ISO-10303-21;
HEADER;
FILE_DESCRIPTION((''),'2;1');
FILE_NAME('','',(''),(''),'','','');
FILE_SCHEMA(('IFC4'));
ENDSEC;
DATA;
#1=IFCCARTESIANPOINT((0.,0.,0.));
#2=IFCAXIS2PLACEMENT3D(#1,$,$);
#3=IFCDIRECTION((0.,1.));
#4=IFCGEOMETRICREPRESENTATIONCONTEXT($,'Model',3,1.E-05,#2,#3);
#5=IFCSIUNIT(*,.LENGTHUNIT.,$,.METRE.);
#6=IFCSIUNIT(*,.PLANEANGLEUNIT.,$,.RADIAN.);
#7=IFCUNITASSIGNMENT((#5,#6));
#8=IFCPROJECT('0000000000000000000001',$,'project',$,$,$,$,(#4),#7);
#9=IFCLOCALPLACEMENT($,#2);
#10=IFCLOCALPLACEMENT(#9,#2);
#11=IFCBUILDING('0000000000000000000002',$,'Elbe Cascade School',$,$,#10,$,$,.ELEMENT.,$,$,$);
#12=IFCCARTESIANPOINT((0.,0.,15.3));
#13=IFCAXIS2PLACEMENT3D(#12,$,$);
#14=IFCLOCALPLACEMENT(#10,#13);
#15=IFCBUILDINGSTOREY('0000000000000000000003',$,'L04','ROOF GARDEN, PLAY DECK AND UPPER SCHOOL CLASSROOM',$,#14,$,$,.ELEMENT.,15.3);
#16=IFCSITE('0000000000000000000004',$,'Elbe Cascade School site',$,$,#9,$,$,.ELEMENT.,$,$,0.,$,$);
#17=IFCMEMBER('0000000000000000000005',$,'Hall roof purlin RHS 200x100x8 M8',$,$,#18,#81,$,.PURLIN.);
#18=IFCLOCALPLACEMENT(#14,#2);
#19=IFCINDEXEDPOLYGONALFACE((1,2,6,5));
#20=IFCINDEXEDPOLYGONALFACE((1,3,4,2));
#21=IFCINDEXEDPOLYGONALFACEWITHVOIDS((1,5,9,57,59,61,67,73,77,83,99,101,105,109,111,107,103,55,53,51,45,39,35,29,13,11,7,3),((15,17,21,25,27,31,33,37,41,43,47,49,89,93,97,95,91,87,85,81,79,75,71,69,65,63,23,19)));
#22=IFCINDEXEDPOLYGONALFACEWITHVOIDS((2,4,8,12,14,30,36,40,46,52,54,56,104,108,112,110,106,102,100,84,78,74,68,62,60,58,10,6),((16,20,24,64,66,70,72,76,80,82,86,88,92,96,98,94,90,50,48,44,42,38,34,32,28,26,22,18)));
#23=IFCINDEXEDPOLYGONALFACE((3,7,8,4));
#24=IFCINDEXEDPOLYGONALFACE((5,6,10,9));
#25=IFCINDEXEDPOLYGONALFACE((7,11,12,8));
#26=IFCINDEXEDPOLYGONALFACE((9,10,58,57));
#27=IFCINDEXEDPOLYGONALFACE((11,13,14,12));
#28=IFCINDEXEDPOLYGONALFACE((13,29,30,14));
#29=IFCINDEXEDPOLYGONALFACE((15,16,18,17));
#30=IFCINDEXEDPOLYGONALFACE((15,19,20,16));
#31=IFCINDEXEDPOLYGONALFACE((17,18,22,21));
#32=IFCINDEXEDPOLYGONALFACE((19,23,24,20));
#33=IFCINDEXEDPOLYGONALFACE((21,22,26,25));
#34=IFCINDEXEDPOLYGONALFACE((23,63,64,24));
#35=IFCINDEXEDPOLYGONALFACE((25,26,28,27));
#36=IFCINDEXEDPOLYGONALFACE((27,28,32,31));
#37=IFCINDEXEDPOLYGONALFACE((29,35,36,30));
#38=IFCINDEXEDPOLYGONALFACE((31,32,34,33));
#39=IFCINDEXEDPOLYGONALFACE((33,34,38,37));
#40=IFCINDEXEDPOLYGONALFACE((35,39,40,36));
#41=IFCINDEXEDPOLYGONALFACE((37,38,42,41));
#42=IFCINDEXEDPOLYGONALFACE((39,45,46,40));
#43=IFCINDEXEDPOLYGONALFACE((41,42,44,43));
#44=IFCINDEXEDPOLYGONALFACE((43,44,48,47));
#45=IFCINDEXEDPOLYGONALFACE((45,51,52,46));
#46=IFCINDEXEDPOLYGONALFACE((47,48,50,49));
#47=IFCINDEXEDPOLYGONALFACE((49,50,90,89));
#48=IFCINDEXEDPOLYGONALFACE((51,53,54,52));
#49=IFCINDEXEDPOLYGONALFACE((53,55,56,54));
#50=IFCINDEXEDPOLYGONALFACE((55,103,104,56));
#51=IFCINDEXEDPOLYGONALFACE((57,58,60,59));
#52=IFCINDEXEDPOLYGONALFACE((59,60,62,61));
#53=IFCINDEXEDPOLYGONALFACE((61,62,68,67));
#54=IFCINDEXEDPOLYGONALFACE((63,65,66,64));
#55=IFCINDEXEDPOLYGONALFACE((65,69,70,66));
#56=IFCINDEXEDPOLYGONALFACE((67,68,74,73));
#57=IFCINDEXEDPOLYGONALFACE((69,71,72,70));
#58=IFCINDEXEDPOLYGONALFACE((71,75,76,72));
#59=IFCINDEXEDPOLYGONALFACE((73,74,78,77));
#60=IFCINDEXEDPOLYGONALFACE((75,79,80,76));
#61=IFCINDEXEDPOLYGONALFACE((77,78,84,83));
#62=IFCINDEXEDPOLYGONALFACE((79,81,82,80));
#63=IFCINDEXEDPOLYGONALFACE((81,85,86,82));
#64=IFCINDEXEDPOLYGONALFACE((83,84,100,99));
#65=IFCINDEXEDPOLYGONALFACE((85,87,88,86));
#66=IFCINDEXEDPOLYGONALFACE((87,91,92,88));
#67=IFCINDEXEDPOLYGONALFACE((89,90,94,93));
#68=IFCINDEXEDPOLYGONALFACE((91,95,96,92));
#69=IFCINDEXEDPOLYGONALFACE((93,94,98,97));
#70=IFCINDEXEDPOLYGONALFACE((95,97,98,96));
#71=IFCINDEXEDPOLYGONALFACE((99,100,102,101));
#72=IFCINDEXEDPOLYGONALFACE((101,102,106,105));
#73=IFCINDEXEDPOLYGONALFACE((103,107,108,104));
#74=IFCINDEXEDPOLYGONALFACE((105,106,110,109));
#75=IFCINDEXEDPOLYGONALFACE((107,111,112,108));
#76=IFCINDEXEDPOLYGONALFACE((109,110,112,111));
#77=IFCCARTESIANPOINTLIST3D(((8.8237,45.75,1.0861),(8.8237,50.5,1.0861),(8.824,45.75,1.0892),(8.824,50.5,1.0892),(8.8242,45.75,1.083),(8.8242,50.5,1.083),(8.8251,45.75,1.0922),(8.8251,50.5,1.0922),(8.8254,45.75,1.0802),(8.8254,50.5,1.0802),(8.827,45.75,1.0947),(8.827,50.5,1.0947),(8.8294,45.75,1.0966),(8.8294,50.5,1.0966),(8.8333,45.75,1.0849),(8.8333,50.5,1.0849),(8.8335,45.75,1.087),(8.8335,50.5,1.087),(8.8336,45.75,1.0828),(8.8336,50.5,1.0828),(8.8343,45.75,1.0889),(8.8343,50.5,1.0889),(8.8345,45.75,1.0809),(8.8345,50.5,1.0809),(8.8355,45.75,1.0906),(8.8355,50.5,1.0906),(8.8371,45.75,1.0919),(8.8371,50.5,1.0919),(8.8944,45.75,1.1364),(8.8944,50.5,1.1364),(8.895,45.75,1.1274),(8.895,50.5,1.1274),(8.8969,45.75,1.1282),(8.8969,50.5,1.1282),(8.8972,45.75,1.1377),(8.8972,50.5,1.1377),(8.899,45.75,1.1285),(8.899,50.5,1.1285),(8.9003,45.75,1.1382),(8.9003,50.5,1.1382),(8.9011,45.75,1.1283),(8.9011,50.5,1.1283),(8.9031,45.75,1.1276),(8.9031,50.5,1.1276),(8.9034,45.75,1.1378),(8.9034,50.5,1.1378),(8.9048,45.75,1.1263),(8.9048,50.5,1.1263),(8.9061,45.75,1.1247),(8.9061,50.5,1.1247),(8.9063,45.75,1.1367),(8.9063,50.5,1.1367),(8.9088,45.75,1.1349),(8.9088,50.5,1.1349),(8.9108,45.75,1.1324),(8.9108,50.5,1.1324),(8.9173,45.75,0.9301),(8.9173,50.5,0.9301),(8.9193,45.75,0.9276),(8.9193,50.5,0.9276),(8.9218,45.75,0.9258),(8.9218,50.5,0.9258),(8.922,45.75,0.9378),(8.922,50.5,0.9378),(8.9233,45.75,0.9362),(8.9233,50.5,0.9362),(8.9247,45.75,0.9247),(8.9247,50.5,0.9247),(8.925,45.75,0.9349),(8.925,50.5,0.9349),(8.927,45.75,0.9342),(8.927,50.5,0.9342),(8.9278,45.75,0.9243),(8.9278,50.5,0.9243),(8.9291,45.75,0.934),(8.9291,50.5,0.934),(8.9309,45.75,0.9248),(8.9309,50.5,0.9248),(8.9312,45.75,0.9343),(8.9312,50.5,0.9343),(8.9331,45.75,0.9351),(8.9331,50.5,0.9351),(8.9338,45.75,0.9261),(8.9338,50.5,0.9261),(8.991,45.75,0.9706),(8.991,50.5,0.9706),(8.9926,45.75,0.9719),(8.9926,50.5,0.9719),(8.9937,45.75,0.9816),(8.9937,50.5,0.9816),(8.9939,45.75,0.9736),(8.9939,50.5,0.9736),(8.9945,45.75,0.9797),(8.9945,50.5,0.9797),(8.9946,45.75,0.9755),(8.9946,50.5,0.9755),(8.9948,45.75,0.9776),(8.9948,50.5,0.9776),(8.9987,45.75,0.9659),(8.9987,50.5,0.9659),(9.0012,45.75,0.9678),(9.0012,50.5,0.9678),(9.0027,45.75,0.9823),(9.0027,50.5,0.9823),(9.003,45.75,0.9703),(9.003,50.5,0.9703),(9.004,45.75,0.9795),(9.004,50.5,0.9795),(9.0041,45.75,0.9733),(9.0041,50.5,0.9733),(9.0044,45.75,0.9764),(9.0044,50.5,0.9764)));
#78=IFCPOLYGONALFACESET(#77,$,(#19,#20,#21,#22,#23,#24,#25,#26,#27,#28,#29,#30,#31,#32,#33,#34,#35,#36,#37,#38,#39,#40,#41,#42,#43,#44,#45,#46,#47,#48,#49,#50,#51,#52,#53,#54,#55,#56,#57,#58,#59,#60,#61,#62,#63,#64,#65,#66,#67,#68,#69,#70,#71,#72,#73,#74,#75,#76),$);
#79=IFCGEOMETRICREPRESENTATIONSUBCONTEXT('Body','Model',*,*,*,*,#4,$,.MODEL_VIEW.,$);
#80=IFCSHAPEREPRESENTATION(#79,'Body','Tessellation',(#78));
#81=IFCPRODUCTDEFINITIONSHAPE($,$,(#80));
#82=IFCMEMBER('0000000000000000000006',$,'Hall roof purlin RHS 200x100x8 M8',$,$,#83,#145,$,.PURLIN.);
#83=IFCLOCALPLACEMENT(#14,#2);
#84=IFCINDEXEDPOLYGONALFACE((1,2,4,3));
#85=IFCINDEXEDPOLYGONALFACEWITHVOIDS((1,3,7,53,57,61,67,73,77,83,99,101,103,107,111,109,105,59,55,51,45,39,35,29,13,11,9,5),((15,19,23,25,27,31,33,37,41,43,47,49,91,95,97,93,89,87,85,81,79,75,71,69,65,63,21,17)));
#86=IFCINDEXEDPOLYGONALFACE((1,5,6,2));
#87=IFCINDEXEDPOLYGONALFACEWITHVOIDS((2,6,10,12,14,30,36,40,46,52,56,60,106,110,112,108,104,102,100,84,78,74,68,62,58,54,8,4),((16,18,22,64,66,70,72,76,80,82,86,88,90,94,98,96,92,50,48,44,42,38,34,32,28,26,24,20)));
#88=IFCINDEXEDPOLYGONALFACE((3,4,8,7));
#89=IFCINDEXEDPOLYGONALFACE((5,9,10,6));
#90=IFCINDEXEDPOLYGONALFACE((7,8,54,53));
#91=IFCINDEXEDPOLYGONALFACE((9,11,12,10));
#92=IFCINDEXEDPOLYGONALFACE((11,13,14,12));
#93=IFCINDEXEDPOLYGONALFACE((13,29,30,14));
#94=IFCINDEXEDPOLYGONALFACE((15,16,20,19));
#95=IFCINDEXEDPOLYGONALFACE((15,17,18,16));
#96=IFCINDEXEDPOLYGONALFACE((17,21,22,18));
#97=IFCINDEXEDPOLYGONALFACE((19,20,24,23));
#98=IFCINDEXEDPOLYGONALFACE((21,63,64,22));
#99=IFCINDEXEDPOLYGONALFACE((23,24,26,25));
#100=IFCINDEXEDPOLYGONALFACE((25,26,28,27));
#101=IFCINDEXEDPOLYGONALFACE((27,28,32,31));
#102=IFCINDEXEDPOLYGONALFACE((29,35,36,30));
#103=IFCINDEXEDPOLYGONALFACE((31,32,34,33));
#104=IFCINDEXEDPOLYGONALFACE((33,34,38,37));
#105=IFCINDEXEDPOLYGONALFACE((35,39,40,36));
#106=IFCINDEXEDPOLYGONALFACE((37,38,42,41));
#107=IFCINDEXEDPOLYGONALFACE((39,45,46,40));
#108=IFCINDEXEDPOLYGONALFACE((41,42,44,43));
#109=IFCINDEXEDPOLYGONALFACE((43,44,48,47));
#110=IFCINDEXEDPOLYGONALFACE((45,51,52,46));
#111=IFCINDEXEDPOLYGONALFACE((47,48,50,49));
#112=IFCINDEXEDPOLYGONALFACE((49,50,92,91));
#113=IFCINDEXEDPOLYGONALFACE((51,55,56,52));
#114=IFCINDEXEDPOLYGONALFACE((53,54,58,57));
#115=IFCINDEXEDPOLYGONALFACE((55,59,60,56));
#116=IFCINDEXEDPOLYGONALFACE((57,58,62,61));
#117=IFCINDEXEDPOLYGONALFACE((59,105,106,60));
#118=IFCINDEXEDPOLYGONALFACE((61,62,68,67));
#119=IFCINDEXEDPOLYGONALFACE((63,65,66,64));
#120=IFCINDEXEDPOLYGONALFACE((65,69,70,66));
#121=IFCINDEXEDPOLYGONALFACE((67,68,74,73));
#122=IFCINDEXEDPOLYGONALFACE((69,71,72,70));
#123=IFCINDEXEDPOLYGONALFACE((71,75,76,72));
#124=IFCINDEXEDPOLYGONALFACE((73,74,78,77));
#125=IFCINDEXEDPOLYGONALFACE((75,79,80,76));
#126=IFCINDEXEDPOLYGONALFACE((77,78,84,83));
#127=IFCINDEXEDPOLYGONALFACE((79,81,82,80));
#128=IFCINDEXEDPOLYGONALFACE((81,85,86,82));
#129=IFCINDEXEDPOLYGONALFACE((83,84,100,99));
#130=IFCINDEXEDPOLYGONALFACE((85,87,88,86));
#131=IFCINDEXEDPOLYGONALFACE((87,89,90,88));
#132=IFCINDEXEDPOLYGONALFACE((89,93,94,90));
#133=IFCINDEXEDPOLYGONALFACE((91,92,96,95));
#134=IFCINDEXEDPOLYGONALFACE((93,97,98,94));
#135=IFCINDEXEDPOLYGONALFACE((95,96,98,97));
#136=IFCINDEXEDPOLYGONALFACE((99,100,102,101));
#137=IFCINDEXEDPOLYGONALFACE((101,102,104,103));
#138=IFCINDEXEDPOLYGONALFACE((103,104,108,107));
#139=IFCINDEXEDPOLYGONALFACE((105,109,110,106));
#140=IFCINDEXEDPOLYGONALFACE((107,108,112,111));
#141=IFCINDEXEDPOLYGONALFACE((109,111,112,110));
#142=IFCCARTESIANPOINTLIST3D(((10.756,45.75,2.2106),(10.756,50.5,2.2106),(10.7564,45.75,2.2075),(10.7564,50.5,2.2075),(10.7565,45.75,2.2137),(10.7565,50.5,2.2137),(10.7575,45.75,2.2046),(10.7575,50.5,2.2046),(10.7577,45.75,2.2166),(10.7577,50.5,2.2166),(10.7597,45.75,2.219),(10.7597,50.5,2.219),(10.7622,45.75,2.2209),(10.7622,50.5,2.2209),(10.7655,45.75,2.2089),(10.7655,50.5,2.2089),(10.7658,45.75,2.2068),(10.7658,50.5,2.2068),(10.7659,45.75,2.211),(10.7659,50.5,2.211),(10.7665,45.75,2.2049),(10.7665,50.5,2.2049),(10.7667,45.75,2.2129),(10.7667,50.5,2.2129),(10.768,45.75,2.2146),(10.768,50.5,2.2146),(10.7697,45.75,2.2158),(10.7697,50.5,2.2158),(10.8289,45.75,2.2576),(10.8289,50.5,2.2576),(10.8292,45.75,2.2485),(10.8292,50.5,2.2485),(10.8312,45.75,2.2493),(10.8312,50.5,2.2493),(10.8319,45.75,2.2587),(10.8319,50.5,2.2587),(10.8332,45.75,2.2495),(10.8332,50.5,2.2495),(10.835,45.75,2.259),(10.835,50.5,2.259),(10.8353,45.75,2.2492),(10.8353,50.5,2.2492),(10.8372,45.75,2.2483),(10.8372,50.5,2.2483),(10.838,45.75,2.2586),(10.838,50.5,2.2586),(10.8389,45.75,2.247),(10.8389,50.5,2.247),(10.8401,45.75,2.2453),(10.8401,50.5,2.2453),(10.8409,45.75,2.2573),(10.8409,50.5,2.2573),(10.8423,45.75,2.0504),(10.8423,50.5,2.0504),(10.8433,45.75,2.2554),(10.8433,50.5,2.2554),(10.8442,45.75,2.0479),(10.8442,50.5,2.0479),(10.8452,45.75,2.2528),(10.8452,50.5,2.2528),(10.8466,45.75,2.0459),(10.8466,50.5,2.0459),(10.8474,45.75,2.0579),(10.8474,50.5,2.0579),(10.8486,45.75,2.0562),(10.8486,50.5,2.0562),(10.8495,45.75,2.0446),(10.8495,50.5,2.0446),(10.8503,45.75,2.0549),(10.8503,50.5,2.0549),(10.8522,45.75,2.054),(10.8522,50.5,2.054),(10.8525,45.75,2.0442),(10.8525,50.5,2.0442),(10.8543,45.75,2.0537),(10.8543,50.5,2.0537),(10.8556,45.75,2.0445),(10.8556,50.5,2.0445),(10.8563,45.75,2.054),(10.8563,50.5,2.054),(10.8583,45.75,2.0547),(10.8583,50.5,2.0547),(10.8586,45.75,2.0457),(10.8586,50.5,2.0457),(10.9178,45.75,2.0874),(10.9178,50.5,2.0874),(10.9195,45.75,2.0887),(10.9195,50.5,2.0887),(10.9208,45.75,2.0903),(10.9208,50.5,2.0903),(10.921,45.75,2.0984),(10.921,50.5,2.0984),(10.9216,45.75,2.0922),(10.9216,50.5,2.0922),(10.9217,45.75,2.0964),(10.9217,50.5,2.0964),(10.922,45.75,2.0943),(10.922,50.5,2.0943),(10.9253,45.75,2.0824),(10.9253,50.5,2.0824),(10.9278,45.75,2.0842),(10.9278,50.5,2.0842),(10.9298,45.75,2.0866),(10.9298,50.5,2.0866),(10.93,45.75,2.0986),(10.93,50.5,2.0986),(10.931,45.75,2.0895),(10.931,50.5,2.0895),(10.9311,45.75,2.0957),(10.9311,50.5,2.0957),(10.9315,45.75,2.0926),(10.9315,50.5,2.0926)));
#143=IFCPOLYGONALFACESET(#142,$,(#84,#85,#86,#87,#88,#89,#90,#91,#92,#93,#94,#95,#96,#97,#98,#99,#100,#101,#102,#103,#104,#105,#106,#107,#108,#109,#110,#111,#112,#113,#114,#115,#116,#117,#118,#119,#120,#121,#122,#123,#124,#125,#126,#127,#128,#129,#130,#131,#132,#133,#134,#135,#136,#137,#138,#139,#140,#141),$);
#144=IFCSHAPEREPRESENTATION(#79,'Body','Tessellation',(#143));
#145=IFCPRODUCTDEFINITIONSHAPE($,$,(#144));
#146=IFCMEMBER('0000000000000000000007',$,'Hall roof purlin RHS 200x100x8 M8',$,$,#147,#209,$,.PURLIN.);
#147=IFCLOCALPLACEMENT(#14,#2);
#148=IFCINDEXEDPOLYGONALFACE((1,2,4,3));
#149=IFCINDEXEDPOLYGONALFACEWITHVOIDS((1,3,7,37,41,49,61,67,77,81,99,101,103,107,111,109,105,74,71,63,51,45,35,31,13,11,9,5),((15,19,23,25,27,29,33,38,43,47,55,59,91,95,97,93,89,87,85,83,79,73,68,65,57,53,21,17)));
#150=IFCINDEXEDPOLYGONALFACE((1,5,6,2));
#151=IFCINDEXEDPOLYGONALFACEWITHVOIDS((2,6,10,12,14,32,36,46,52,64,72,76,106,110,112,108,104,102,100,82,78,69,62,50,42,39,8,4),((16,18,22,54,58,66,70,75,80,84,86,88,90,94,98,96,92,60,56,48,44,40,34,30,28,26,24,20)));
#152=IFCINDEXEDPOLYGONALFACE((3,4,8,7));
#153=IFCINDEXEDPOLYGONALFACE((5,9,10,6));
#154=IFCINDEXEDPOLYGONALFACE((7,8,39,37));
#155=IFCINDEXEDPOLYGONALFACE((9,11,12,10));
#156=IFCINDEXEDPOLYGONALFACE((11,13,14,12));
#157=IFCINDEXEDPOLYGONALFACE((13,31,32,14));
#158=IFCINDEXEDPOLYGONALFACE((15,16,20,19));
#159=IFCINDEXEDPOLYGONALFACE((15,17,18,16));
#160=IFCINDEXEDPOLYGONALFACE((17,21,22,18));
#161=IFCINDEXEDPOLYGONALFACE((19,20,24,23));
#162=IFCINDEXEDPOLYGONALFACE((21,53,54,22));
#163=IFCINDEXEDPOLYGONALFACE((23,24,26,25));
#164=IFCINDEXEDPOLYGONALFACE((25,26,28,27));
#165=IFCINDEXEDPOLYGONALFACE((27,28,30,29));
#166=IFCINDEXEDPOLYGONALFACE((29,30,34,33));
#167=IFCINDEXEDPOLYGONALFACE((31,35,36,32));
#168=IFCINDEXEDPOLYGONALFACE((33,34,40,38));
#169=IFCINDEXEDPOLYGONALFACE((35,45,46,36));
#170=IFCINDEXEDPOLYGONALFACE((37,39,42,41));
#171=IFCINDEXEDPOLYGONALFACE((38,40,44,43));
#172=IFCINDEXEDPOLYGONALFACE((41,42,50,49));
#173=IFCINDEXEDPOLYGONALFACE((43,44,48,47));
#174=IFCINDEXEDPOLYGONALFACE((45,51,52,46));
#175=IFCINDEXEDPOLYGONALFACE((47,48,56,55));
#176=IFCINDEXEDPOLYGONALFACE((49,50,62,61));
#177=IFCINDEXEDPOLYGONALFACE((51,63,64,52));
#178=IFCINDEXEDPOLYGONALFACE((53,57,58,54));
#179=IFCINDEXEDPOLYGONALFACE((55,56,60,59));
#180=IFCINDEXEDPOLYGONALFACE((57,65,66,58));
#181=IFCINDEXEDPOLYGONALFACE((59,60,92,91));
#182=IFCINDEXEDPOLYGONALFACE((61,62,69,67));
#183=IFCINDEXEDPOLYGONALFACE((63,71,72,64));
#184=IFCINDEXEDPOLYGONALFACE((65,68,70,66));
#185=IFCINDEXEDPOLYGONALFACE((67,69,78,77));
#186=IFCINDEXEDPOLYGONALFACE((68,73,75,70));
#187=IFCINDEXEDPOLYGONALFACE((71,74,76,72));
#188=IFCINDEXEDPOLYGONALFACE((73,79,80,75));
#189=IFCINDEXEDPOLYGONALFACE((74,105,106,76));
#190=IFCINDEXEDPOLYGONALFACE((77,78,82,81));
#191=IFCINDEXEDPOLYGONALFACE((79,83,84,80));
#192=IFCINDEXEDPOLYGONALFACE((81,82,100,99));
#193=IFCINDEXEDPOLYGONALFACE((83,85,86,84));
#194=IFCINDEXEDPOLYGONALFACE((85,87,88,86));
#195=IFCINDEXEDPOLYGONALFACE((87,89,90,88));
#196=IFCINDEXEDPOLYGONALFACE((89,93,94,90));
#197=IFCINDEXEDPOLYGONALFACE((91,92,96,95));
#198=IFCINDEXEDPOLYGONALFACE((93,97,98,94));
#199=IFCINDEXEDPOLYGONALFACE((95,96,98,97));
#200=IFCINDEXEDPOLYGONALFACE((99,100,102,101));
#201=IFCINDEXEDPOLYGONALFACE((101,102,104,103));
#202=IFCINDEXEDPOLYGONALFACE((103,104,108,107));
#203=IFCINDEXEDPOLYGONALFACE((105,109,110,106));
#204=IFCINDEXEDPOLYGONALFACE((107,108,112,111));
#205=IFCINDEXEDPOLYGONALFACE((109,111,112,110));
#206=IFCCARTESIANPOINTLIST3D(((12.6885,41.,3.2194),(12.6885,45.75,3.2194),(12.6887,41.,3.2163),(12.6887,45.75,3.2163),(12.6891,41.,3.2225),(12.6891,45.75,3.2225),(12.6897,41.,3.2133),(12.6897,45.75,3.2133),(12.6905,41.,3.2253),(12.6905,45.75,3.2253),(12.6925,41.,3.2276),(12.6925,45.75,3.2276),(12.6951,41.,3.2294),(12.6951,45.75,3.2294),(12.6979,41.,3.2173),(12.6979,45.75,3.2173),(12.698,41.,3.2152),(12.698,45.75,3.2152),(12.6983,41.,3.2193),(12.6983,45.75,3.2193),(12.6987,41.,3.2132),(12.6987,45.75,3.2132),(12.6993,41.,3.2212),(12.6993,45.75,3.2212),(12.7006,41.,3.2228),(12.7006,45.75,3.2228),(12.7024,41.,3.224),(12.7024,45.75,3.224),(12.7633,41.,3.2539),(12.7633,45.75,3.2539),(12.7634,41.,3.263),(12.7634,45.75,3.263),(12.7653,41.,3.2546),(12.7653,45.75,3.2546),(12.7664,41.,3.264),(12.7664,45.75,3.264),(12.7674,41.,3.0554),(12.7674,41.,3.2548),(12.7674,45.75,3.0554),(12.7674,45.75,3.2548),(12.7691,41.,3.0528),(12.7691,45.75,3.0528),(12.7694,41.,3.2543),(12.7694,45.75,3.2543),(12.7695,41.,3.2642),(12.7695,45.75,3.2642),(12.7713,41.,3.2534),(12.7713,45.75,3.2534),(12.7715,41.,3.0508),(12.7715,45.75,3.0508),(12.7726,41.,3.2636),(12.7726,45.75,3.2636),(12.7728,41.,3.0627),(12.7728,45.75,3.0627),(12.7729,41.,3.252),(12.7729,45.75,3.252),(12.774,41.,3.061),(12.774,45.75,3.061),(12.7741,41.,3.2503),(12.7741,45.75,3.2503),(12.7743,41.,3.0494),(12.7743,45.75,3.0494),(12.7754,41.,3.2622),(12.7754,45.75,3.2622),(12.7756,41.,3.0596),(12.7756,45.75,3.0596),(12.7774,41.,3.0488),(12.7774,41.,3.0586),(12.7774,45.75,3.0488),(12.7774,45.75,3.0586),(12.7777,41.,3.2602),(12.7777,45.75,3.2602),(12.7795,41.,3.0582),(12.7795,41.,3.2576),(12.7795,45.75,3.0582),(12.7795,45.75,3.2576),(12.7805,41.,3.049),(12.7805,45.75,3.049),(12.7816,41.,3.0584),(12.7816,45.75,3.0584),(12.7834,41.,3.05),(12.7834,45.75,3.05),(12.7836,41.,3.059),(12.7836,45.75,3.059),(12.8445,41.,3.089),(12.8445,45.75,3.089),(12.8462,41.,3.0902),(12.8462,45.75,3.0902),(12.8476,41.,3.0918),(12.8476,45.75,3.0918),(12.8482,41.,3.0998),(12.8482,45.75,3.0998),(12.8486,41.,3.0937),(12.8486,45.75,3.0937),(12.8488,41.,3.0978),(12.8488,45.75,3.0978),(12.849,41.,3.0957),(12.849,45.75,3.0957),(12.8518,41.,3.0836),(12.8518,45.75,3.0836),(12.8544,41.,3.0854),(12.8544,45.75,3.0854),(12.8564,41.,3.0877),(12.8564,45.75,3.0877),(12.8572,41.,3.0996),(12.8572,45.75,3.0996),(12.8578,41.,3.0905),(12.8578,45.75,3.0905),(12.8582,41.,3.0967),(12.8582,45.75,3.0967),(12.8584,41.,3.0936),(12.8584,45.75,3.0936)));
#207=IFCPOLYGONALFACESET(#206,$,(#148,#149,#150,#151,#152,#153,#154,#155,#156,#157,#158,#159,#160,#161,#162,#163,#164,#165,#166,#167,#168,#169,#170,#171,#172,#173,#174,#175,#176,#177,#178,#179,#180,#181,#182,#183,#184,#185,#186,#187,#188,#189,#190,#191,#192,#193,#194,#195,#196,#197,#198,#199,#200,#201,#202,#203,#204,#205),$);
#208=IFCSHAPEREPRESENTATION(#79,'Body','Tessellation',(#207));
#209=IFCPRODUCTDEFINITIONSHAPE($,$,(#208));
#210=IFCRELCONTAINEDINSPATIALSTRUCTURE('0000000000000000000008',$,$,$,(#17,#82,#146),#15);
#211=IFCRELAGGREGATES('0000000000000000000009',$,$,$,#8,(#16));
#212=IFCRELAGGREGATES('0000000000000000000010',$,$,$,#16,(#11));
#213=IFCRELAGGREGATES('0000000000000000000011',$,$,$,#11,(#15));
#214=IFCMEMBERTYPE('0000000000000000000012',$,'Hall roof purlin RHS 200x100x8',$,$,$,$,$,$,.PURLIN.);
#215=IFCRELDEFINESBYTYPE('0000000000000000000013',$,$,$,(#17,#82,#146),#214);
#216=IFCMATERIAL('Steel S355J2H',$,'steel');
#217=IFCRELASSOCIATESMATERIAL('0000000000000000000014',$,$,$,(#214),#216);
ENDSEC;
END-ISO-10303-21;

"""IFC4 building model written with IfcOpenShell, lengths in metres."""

from ifc_helpers import new_model, si_unit, direction, frame, origin, origin_2d, place, context, subcontext, project, spatial, hollow_rectangle, extrude, material, material_profile, profile_set, type_object, element, save


model = new_model("IFC4")

# Units and contexts
model_context = context("Model", 3, precision=1e-05, world=origin(), true_north=direction((0.0, 1.0)))
body_context = subcontext(model_context, "Body", "Model", "MODEL_VIEW")
ifc_project = project(units=[si_unit("LENGTHUNIT", "METRE"), si_unit("PLANEANGLEUNIT", "RADIAN")], contexts=[model_context])

# Site, building, storey
site_placement = place(None, origin())
site = spatial("IfcSite", under=ifc_project, at=site_placement, Name="Elbe Cascade School site", CompositionType="ELEMENT", RefElevation=0.0)
building_placement = place(site_placement, origin())
building = spatial("IfcBuilding", under=site, at=building_placement, Name="Elbe Cascade School", CompositionType="ELEMENT")
storey_placement = place(building_placement, frame((0.0, 0.0, 15.3)))
storey = spatial("IfcBuildingStorey", under=building, at=storey_placement, Name="L04", Description="ROOF GARDEN, PLAY DECK AND UPPER SCHOOL CLASSROOM", CompositionType="ELEMENT", Elevation=15.3)

# Members
ifc_material_1 = material(Name="Steel S355J2H", Category="steel")
ifc_material_profile_1 = material_profile(ifc_material_1, hollow_rectangle(XDim=0.1001, YDim=0.2, WallThickness=0.0081, InnerFilletRadius=0.0081, OuterFilletRadius=0.012, at=origin_2d()), Name="RHS 200x100x8")
ifc_profile_set_1 = profile_set([ifc_material_profile_1], Name="Steel S355J2H")
member_type_1 = type_object("IfcMemberType", Name="Hall roof purlin RHS 200x100x8", PredefinedType="PURLIN", material=ifc_profile_set_1)
for number, where, z_axis, x_axis, name in (
    (1, (8.9141, 45.75, 1.0312), (0.0, 1.0, 0.0), (-0.852941, 0.0, -0.522008), "Hall roof purlin RHS 200x100x8 M8"),
    (2, (10.8438, 45.75, 2.1516), (0.0, 1.0, 0.0), (-0.876252, 0.0, -0.481853), "Hall roof purlin RHS 200x100x8 M8"),
    (3, (12.7734, 41.0, 3.1565), (0.0, 1.0, 0.0), (-0.897163, 0.0, -0.441699), "Hall roof purlin RHS 200x100x8 M8"),
):
    element("IfcMember", number, at=place(storey_placement, frame(where, z_axis=z_axis, x_axis=x_axis)), inside=storey, type_object=member_type_1, Name=name, PredefinedType="PURLIN", context=body_context, shape_type="SweptSolid", body=[
        extrude(hollow_rectangle(XDim=0.1001, YDim=0.2, WallThickness=0.0081, InnerFilletRadius=0.0081, OuterFilletRadius=0.012, at=origin_2d()), origin(), (0.0, 0.0, 1.0), 4.75),
    ])

save(model, "model.ifc")
